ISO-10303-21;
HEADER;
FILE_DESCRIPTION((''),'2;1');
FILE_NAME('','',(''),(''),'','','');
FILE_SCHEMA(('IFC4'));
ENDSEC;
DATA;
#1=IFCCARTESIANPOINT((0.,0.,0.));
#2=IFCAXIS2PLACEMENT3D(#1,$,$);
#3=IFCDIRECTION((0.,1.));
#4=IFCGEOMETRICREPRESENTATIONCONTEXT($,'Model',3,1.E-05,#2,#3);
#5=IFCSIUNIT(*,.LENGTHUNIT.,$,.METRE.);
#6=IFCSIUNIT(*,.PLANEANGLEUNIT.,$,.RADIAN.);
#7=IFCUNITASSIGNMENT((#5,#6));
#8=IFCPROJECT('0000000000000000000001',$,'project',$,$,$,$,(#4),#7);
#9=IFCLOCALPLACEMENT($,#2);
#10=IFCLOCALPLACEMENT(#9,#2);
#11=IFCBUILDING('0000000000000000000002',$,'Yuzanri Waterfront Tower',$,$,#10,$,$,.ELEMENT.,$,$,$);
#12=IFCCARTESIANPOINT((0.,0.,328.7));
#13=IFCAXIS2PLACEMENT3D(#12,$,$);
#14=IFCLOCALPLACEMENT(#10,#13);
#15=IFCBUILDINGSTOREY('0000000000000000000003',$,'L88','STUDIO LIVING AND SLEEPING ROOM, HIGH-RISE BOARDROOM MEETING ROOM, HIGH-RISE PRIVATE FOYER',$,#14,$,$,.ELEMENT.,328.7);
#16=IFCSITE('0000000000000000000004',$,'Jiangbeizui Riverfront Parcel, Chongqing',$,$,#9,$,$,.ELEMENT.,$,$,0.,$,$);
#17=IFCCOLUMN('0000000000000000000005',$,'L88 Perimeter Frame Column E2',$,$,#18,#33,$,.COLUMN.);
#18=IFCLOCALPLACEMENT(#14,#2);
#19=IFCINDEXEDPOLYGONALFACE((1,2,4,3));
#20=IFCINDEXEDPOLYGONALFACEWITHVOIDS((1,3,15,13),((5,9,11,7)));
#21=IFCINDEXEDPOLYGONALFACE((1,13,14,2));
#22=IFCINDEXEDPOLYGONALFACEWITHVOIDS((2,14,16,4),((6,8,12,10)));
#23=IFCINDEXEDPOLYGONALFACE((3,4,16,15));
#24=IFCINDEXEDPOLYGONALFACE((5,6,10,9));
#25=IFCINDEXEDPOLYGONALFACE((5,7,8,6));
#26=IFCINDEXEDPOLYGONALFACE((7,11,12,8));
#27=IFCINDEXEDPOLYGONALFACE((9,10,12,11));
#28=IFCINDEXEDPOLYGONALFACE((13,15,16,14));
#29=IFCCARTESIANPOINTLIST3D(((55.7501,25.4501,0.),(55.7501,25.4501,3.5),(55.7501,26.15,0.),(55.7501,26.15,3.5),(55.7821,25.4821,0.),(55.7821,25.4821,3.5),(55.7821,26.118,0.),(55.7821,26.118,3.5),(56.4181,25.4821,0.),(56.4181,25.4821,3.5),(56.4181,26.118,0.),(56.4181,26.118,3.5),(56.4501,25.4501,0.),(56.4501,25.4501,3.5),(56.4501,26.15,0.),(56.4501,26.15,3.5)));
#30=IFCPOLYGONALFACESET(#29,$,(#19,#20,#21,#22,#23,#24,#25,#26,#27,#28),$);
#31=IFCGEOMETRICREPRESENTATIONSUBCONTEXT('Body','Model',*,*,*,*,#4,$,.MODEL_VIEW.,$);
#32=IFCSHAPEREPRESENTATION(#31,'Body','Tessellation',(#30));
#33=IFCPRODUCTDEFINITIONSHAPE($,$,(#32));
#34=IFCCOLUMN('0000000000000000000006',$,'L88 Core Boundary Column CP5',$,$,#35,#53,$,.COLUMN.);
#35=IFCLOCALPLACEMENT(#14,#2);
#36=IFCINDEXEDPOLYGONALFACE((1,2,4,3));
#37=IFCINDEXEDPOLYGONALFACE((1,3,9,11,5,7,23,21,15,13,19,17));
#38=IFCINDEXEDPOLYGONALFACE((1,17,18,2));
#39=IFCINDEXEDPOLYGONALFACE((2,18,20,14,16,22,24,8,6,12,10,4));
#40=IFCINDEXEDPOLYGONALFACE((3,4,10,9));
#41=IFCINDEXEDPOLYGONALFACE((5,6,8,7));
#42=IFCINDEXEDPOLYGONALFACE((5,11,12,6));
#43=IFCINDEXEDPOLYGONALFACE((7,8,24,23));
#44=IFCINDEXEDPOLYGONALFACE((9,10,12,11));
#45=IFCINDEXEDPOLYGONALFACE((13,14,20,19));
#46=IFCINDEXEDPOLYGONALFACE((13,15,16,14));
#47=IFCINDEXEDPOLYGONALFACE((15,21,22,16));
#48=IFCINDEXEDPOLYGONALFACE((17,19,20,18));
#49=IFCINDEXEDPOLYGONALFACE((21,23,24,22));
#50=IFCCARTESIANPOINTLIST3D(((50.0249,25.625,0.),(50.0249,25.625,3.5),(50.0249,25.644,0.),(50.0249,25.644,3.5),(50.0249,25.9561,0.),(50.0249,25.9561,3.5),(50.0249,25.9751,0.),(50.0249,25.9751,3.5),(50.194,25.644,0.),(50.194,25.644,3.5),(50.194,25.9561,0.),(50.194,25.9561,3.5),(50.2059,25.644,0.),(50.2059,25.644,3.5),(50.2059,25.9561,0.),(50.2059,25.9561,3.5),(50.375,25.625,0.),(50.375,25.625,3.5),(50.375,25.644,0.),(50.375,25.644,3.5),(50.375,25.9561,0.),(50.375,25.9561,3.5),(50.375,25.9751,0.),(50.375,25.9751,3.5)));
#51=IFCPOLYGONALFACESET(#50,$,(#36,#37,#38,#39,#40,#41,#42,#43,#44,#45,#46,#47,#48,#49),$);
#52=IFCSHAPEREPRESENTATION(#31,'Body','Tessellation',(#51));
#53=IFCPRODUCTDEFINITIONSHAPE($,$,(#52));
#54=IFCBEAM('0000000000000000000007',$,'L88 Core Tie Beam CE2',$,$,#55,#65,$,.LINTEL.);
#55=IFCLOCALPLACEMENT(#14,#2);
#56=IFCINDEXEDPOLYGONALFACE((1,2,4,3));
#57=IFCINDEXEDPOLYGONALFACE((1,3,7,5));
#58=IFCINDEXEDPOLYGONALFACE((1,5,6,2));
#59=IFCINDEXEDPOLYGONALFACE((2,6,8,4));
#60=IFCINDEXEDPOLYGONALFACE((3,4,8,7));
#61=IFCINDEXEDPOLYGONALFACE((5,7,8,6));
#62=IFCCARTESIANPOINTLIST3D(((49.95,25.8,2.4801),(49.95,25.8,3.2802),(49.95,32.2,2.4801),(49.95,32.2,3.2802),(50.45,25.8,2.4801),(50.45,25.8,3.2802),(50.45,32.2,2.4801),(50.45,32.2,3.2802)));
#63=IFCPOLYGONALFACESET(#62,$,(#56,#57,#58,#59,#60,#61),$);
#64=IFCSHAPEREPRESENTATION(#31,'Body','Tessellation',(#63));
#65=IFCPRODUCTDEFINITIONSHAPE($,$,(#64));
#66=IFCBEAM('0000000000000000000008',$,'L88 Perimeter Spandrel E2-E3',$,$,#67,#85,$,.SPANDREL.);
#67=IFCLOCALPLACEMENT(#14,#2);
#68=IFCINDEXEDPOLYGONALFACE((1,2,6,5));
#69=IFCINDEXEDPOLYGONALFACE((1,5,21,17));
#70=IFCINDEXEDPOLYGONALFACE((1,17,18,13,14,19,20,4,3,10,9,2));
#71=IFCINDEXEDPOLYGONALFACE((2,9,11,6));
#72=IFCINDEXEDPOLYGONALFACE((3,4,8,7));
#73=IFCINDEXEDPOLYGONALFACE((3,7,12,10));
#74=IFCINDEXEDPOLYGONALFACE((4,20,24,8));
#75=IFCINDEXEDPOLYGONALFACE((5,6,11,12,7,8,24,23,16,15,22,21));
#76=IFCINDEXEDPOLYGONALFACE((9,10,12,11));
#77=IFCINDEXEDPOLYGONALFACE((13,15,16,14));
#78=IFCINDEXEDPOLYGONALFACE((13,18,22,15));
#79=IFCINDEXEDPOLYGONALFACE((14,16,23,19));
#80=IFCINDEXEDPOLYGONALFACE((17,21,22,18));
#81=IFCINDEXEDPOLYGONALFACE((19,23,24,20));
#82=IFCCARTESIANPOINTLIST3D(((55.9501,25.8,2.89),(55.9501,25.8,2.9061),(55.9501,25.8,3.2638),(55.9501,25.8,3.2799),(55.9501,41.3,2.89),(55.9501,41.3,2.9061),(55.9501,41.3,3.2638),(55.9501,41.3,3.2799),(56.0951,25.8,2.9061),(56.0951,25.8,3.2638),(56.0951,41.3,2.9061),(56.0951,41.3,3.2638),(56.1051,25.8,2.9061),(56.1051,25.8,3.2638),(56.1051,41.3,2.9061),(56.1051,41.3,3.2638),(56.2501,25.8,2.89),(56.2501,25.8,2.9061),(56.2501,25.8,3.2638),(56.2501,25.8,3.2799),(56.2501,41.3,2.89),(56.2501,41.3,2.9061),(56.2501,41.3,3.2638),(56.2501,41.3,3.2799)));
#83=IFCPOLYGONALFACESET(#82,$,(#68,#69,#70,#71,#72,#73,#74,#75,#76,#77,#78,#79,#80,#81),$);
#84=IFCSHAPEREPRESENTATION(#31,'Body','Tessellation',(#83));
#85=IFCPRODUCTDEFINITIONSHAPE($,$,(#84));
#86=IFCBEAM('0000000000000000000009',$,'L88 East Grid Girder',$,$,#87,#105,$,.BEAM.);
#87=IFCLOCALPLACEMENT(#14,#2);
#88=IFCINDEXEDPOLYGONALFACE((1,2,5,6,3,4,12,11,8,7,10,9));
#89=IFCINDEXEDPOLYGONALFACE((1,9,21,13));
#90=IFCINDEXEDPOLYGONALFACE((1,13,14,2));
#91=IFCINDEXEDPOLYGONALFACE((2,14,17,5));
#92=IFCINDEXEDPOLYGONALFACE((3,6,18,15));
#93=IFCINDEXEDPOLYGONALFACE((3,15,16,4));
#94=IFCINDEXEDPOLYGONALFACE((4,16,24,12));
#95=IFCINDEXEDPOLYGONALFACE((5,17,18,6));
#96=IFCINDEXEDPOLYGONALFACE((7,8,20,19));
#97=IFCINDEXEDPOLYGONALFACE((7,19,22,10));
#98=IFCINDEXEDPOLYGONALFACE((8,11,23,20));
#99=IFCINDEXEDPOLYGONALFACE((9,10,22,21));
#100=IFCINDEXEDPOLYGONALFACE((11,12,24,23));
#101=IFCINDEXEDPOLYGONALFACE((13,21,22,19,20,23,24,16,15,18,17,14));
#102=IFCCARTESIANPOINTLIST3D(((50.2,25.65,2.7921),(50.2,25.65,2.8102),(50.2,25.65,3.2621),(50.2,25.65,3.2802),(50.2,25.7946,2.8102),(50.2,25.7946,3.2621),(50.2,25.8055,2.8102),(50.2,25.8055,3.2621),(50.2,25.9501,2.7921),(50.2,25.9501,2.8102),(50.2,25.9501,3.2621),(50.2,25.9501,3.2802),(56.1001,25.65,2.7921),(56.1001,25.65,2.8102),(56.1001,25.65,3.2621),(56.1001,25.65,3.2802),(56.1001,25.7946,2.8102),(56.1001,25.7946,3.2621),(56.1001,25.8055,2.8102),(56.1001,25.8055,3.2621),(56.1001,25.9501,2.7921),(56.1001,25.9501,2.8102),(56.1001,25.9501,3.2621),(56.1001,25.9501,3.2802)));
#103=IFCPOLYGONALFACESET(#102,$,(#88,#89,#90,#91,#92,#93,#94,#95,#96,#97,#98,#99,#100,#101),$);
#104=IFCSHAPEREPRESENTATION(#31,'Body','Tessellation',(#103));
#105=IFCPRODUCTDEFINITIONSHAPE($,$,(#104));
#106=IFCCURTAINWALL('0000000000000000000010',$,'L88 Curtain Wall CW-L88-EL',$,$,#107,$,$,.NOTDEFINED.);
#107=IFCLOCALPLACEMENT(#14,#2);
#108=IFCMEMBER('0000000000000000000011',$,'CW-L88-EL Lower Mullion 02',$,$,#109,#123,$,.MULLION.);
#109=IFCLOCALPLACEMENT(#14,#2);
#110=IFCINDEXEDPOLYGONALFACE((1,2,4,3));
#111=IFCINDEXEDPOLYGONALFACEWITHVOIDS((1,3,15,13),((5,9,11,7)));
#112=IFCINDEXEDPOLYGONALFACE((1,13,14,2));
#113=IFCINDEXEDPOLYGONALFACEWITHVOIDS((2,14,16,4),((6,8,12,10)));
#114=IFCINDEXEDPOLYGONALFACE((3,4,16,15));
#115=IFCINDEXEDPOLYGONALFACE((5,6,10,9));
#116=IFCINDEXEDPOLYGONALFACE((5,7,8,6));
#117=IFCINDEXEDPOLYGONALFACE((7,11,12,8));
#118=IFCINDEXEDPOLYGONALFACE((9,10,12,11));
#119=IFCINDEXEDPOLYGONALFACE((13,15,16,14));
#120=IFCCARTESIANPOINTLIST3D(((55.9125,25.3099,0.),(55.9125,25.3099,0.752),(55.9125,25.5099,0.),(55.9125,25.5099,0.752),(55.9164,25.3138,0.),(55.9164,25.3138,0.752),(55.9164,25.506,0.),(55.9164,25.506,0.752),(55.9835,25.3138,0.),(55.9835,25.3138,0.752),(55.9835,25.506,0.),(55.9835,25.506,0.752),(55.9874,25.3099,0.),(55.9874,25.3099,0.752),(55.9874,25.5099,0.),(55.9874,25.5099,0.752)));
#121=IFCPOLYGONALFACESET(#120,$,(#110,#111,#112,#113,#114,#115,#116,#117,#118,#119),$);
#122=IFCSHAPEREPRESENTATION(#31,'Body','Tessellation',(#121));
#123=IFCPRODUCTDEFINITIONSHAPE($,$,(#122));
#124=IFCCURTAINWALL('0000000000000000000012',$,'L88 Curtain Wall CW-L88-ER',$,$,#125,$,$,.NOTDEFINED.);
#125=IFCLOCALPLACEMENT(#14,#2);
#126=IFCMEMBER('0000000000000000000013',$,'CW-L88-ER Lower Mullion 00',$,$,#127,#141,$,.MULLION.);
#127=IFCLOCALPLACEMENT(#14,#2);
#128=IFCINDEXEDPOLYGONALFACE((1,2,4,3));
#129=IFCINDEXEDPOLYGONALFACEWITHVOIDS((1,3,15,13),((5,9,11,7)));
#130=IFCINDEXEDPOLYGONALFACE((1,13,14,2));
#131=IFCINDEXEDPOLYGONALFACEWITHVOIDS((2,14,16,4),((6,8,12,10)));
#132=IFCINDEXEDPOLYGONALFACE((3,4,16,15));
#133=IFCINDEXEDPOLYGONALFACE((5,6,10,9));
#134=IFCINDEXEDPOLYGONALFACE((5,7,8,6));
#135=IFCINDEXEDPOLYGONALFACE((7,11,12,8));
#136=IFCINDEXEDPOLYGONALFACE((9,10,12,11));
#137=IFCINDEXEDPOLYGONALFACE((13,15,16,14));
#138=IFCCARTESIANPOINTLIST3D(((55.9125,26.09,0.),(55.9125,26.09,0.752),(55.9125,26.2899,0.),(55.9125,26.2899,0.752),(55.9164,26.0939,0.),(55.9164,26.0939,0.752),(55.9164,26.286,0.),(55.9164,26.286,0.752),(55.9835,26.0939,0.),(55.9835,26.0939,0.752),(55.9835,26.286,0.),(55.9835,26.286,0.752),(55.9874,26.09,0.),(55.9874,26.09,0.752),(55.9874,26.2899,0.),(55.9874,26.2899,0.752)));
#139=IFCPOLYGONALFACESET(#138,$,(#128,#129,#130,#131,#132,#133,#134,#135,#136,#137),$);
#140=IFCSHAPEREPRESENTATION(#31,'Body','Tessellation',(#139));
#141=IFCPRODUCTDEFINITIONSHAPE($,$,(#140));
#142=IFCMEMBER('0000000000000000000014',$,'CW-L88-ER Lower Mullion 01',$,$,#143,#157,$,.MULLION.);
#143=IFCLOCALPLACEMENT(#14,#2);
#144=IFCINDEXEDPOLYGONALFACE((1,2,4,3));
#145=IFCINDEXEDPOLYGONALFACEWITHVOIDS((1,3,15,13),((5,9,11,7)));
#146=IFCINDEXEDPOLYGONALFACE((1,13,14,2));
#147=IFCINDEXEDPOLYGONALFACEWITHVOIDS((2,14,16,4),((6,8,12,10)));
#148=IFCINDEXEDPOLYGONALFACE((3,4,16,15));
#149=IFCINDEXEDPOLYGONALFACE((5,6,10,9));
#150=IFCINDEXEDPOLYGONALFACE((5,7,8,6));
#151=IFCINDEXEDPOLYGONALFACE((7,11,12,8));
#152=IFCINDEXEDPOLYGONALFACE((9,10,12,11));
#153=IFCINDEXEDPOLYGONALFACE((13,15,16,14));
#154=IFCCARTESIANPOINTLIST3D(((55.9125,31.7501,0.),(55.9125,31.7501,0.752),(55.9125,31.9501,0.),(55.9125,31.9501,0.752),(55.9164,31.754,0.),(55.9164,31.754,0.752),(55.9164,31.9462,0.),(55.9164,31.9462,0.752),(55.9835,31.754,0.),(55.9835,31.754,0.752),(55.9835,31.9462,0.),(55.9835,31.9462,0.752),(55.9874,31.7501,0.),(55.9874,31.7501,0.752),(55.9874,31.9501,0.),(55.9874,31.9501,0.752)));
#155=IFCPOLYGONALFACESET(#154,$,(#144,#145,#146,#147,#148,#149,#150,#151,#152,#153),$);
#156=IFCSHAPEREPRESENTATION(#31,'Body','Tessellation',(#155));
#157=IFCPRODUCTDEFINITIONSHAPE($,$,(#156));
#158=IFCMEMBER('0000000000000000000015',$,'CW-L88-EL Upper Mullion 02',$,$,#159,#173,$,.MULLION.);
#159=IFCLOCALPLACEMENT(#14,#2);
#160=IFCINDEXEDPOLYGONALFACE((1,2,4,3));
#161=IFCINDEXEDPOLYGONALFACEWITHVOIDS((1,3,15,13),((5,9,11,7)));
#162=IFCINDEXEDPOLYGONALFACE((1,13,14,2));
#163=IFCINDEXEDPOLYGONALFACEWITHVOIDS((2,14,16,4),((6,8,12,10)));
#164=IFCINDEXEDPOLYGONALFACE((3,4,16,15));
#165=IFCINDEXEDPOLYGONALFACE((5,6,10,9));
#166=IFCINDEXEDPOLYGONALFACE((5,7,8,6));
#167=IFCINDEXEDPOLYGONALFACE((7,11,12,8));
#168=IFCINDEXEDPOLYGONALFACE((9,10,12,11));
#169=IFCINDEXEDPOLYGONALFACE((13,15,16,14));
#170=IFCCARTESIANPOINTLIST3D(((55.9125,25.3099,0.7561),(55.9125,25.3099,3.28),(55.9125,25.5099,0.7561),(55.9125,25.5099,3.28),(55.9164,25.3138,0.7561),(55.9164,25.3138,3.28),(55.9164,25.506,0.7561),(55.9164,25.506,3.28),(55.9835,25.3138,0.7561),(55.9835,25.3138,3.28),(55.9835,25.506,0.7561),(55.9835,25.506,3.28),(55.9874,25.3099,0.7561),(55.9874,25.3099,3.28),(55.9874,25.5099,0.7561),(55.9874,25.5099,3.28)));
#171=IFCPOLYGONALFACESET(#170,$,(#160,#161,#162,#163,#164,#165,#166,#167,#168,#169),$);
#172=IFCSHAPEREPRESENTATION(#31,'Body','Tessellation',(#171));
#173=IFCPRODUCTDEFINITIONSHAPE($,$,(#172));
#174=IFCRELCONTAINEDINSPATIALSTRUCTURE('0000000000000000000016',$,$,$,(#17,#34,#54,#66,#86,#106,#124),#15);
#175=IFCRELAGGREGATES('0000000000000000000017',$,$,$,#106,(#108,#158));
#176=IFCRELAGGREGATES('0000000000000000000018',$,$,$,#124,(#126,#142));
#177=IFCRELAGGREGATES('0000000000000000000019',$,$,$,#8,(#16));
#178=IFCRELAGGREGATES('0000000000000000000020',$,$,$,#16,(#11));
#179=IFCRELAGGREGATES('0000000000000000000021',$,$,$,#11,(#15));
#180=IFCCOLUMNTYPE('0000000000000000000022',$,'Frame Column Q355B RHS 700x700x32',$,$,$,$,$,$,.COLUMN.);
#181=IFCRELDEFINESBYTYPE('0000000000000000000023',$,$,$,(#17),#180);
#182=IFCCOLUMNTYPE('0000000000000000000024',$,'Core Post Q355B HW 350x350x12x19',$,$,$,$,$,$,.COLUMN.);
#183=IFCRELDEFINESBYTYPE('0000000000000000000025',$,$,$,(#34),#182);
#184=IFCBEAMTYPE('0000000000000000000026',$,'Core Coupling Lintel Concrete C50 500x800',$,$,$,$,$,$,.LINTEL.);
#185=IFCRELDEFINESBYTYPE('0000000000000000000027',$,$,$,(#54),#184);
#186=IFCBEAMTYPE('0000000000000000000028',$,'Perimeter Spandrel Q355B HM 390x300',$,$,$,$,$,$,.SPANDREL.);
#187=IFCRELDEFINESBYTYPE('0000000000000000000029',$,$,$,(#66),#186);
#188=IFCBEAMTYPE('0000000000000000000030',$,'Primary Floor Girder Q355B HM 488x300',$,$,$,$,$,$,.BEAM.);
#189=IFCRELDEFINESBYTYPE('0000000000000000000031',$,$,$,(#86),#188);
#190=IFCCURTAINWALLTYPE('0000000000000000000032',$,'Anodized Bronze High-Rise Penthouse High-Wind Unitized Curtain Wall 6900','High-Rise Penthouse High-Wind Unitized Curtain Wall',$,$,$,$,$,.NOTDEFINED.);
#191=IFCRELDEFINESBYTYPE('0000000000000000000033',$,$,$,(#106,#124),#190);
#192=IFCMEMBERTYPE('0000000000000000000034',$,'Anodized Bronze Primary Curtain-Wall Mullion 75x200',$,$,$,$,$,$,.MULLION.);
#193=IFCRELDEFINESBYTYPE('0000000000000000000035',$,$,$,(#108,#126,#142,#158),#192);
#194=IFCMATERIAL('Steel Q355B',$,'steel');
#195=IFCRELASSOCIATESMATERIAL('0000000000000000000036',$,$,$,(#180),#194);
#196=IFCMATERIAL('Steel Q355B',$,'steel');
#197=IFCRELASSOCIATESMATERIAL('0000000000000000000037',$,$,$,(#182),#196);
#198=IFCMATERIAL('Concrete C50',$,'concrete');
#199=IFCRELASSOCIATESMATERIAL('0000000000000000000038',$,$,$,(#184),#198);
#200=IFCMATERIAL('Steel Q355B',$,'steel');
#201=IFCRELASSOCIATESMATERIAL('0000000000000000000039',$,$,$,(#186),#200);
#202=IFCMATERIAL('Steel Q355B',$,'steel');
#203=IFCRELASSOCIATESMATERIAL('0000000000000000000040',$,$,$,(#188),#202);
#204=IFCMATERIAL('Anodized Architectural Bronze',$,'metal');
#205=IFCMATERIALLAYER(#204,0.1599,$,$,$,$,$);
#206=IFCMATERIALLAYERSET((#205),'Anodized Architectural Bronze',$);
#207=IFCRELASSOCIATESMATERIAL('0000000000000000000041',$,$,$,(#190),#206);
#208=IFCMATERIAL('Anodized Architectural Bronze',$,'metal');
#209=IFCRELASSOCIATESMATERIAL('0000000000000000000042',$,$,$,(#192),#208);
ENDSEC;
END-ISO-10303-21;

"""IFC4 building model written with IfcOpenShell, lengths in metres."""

from ifc_helpers import new_model, si_unit, direction, frame, origin, origin_2d, place, context, subcontext, project, spatial, rectangle, hollow_rectangle, i_section, extrude, source, transform, mapped, material, layer, layer_set, material_profile, profile_set, type_object, element, aggregate, save


model = new_model("IFC4")

# Units and contexts
model_context = context("Model", 3, precision=1e-05, world=origin(), true_north=direction((0.0, 1.0)))
body_context = subcontext(model_context, "Body", "Model", "MODEL_VIEW")
ifc_project = project(units=[si_unit("LENGTHUNIT", "METRE"), si_unit("PLANEANGLEUNIT", "RADIAN")], contexts=[model_context])

# Site, building, storey
site_placement = place(None, origin())
site = spatial("IfcSite", under=ifc_project, at=site_placement, Name="Jiangbeizui Riverfront Parcel, Chongqing", CompositionType="ELEMENT", RefElevation=0.0)
building_placement = place(site_placement, origin())
building = spatial("IfcBuilding", under=site, at=building_placement, Name="Yuzanri Waterfront Tower", CompositionType="ELEMENT")
storey_placement = place(building_placement, frame((0.0, 0.0, 328.7)))
storey = spatial("IfcBuildingStorey", under=building, at=storey_placement, Name="L88", Description="STUDIO LIVING AND SLEEPING ROOM, HIGH-RISE BOARDROOM MEETING ROOM, HIGH-RISE PRIVATE FOYER", CompositionType="ELEMENT", Elevation=328.7)

# Columns
ifc_material_1 = material(Name="Steel Q355B", Category="steel")
ifc_material_profile_1 = material_profile(ifc_material_1, hollow_rectangle(XDim=0.7, YDim=0.7, WallThickness=0.032, at=origin_2d()), Name="RHS 700x700x32")
ifc_profile_set_1 = profile_set([ifc_material_profile_1], Name="Steel Q355B")
column_type_1 = type_object("IfcColumnType", Name="Frame Column Q355B RHS 700x700x32", PredefinedType="COLUMN", material=ifc_profile_set_1)
shared_shape_1 = source(origin(), body_context, "Body", "SweptSolid", [
    extrude(hollow_rectangle(XDim=0.7, YDim=0.7, WallThickness=0.032, at=origin_2d()), origin(), (0.0, 0.0, 1.0), 3.5),
])
column_1_placement = place(storey_placement, frame((56.1001, 25.8, 0.0), z_axis=(0.0, 0.0, 1.0), x_axis=(1.0, 0.0, 0.0)))
element("IfcColumn", 1, at=column_1_placement, inside=storey, type_object=column_type_1, Name="L88 Perimeter Frame Column E2", PredefinedType="COLUMN", context=body_context, shape_type="MappedRepresentation", body=[
    mapped(shared_shape_1, transform((0.0, 0.0, 0.0), scale=1.0)),
])
ifc_material_2 = material(Name="Steel Q355B", Category="steel")
ifc_material_profile_2 = material_profile(ifc_material_2, i_section(OverallWidth=0.3501, OverallDepth=0.3501, WebThickness=0.012, FlangeThickness=0.019, at=origin_2d()), Name="HW 350x350x12x19")
ifc_profile_set_2 = profile_set([ifc_material_profile_2], Name="Steel Q355B")
column_type_2 = type_object("IfcColumnType", Name="Core Post Q355B HW 350x350x12x19", PredefinedType="COLUMN", material=ifc_profile_set_2)
shared_shape_2 = source(origin(), body_context, "Body", "SweptSolid", [
    extrude(i_section(OverallWidth=0.3501, OverallDepth=0.3501, WebThickness=0.012, FlangeThickness=0.019, at=origin_2d()), origin(), (0.0, 0.0, 1.0), 3.5),
])
column_2_placement = place(storey_placement, frame((50.2, 25.8, 0.0), z_axis=(0.0, 0.0, 1.0), x_axis=(1.0, 0.0, 0.0)))
element("IfcColumn", 2, at=column_2_placement, inside=storey, type_object=column_type_2, Name="L88 Core Boundary Column CP5", PredefinedType="COLUMN", context=body_context, shape_type="MappedRepresentation", body=[
    mapped(shared_shape_2, transform((0.0, 0.0, 0.0), scale=1.0)),
])

# Beams
ifc_material_3 = material(Name="Concrete C50", Category="concrete")
ifc_material_profile_3 = material_profile(ifc_material_3, rectangle(XDim=0.5, YDim=0.8, at=origin_2d()), Name="RC 500x800")
ifc_profile_set_3 = profile_set([ifc_material_profile_3], Name="Concrete C50")
beam_type_1 = type_object("IfcBeamType", Name="Core Coupling Lintel Concrete C50 500x800", PredefinedType="LINTEL", material=ifc_profile_set_3)
shared_shape_3 = source(origin(), body_context, "Body", "SweptSolid", [
    extrude(rectangle(XDim=0.5, YDim=0.8, at=origin_2d()), origin(), (0.0, 0.0, 1.0), 6.3999),
])
beam_1_placement = place(storey_placement, frame((50.2, 25.8, 2.8801), z_axis=(0.0, 1.0, 0.0), x_axis=(-1.0, 0.0, 0.0)))
element("IfcBeam", 3, at=beam_1_placement, inside=storey, type_object=beam_type_1, Name="L88 Core Tie Beam CE2", PredefinedType="LINTEL", context=body_context, shape_type="MappedRepresentation", body=[
    mapped(shared_shape_3, transform((0.0, 0.0, 0.0), scale=1.0)),
])
ifc_material_4 = material(Name="Steel Q355B", Category="steel")
ifc_material_profile_4 = material_profile(ifc_material_4, i_section(OverallWidth=0.3, OverallDepth=0.3899, WebThickness=0.01, FlangeThickness=0.0161, at=origin_2d()), Name="HM 390x300x10x16")
ifc_profile_set_4 = profile_set([ifc_material_profile_4], Name="Steel Q355B")
beam_type_2 = type_object("IfcBeamType", Name="Perimeter Spandrel Q355B HM 390x300", PredefinedType="SPANDREL", material=ifc_profile_set_4)
shared_shape_4 = source(origin(), body_context, "Body", "SweptSolid", [
    extrude(i_section(OverallWidth=0.3, OverallDepth=0.3899, WebThickness=0.01, FlangeThickness=0.0161, at=origin_2d()), origin(), (0.0, 0.0, 1.0), 15.5),
])
beam_2_placement = place(storey_placement, frame((56.1001, 25.8, 3.085), z_axis=(0.0, 1.0, 0.0), x_axis=(-1.0, 0.0, 0.0)))
element("IfcBeam", 4, at=beam_2_placement, inside=storey, type_object=beam_type_2, Name="L88 Perimeter Spandrel E2-E3", PredefinedType="SPANDREL", context=body_context, shape_type="MappedRepresentation", body=[
    mapped(shared_shape_4, transform((0.0, 0.0, 0.0), scale=1.0)),
])
ifc_material_5 = material(Name="Steel Q355B", Category="steel")
ifc_material_profile_5 = material_profile(ifc_material_5, i_section(OverallWidth=0.3, OverallDepth=0.488, WebThickness=0.011, FlangeThickness=0.0181, at=origin_2d()), Name="HM 488x300x11x18")
ifc_profile_set_5 = profile_set([ifc_material_profile_5], Name="Steel Q355B")
beam_type_3 = type_object("IfcBeamType", Name="Primary Floor Girder Q355B HM 488x300", PredefinedType="BEAM", material=ifc_profile_set_5)
shared_shape_5 = source(origin(), body_context, "Body", "SweptSolid", [
    extrude(i_section(OverallWidth=0.3, OverallDepth=0.488, WebThickness=0.011, FlangeThickness=0.0181, at=origin_2d()), origin(), (0.0, 0.0, 1.0), 5.9001),
])
beam_3_placement = place(storey_placement, frame((50.2, 25.8, 3.0361), z_axis=(1.0, 0.0, 0.0), x_axis=(0.0, 1.0, 0.0)))
element("IfcBeam", 5, at=beam_3_placement, inside=storey, type_object=beam_type_3, Name="L88 East Grid Girder", PredefinedType="BEAM", context=body_context, shape_type="MappedRepresentation", body=[
    mapped(shared_shape_5, transform((0.0, 0.0, 0.0), scale=1.0)),
])

# Curtain wall, member
ifc_material_6 = material(Name="Anodized Architectural Bronze", Category="metal")
ifc_layer_1 = layer(ifc_material_6, 0.1599)
ifc_layer_set_1 = layer_set([ifc_layer_1], Name="Anodized Architectural Bronze")
curtain_wall_type = type_object("IfcCurtainWallType", Name="Anodized Bronze High-Rise Penthouse High-Wind Unitized Curtain Wall 6900", Description="High-Rise Penthouse High-Wind Unitized Curtain Wall", PredefinedType="NOTDEFINED", material=ifc_layer_set_1)
curtain_wall_1_placement = place(storey_placement, origin())
curtain_wall_1 = element("IfcCurtainWall", 6, at=curtain_wall_1_placement, inside=storey, type_object=curtain_wall_type, Name="L88 Curtain Wall CW-L88-EL", PredefinedType="NOTDEFINED")
ifc_material_7 = material(Name="Anodized Architectural Bronze", Category="metal")
ifc_material_profile_6 = material_profile(ifc_material_7, hollow_rectangle(XDim=0.075, YDim=0.2, WallThickness=0.0039, at=origin_2d()), Name="CWM 75x200")
ifc_profile_set_6 = profile_set([ifc_material_profile_6], Name="Anodized Architectural Bronze")
member_type_1 = type_object("IfcMemberType", Name="Anodized Bronze Primary Curtain-Wall Mullion 75x200", PredefinedType="MULLION", material=ifc_profile_set_6)
shared_shape_6 = source(origin(), body_context, "Body", "SweptSolid", [
    extrude(hollow_rectangle(XDim=0.075, YDim=0.2, WallThickness=0.0039, at=origin_2d()), origin(), (0.0, 0.0, 1.0), 0.752),
])
member_1_placement = place(storey_placement, frame((55.95, 25.4099, 0.0), z_axis=(0.0, 0.0, 1.0), x_axis=(1.0, 0.0, 0.0)))
member_1 = element("IfcMember", 7, at=member_1_placement, type_object=member_type_1, Name="CW-L88-EL Lower Mullion 02", PredefinedType="MULLION", context=body_context, shape_type="MappedRepresentation", body=[
    mapped(shared_shape_6, transform((0.0, 0.0, 0.0), scale=1.0)),
])

# Curtain wall, members
curtain_wall_2_placement = place(storey_placement, origin())
curtain_wall_2 = element("IfcCurtainWall", 8, at=curtain_wall_2_placement, inside=storey, type_object=curtain_wall_type, Name="L88 Curtain Wall CW-L88-ER", PredefinedType="NOTDEFINED")
member_2_placement = place(storey_placement, frame((55.95, 26.1899, 0.0), z_axis=(0.0, 0.0, 1.0), x_axis=(1.0, 0.0, 0.0)))
member_2 = element("IfcMember", 9, at=member_2_placement, type_object=member_type_1, Name="CW-L88-ER Lower Mullion 00", PredefinedType="MULLION", context=body_context, shape_type="MappedRepresentation", body=[
    mapped(shared_shape_6, transform((0.0, 0.0, 0.0), scale=1.0)),
])
member_3_placement = place(storey_placement, frame((55.95, 31.8501, 0.0), z_axis=(0.0, 0.0, 1.0), x_axis=(1.0, 0.0, 0.0)))
member_3 = element("IfcMember", 10, at=member_3_placement, type_object=member_type_1, Name="CW-L88-ER Lower Mullion 01", PredefinedType="MULLION", context=body_context, shape_type="MappedRepresentation", body=[
    mapped(shared_shape_6, transform((0.0, 0.0, 0.0), scale=1.0)),
])

# Member
shared_shape_7 = source(origin(), body_context, "Body", "SweptSolid", [
    extrude(hollow_rectangle(XDim=0.075, YDim=0.2, WallThickness=0.0039, at=origin_2d()), origin(), (0.0, 0.0, 1.0), 2.5239),
])
member_4_placement = place(storey_placement, frame((55.95, 25.4099, 0.7561), z_axis=(0.0, 0.0, 1.0), x_axis=(1.0, 0.0, 0.0)))
member_4 = element("IfcMember", 11, at=member_4_placement, type_object=member_type_1, Name="CW-L88-EL Upper Mullion 02", PredefinedType="MULLION", context=body_context, shape_type="MappedRepresentation", body=[
    mapped(shared_shape_7, transform((0.0, 0.0, 0.0), scale=1.0)),
])
aggregate(curtain_wall_1, [member_1, member_4])

aggregate(curtain_wall_2, [member_2, member_3])

save(model, "model.ifc")
